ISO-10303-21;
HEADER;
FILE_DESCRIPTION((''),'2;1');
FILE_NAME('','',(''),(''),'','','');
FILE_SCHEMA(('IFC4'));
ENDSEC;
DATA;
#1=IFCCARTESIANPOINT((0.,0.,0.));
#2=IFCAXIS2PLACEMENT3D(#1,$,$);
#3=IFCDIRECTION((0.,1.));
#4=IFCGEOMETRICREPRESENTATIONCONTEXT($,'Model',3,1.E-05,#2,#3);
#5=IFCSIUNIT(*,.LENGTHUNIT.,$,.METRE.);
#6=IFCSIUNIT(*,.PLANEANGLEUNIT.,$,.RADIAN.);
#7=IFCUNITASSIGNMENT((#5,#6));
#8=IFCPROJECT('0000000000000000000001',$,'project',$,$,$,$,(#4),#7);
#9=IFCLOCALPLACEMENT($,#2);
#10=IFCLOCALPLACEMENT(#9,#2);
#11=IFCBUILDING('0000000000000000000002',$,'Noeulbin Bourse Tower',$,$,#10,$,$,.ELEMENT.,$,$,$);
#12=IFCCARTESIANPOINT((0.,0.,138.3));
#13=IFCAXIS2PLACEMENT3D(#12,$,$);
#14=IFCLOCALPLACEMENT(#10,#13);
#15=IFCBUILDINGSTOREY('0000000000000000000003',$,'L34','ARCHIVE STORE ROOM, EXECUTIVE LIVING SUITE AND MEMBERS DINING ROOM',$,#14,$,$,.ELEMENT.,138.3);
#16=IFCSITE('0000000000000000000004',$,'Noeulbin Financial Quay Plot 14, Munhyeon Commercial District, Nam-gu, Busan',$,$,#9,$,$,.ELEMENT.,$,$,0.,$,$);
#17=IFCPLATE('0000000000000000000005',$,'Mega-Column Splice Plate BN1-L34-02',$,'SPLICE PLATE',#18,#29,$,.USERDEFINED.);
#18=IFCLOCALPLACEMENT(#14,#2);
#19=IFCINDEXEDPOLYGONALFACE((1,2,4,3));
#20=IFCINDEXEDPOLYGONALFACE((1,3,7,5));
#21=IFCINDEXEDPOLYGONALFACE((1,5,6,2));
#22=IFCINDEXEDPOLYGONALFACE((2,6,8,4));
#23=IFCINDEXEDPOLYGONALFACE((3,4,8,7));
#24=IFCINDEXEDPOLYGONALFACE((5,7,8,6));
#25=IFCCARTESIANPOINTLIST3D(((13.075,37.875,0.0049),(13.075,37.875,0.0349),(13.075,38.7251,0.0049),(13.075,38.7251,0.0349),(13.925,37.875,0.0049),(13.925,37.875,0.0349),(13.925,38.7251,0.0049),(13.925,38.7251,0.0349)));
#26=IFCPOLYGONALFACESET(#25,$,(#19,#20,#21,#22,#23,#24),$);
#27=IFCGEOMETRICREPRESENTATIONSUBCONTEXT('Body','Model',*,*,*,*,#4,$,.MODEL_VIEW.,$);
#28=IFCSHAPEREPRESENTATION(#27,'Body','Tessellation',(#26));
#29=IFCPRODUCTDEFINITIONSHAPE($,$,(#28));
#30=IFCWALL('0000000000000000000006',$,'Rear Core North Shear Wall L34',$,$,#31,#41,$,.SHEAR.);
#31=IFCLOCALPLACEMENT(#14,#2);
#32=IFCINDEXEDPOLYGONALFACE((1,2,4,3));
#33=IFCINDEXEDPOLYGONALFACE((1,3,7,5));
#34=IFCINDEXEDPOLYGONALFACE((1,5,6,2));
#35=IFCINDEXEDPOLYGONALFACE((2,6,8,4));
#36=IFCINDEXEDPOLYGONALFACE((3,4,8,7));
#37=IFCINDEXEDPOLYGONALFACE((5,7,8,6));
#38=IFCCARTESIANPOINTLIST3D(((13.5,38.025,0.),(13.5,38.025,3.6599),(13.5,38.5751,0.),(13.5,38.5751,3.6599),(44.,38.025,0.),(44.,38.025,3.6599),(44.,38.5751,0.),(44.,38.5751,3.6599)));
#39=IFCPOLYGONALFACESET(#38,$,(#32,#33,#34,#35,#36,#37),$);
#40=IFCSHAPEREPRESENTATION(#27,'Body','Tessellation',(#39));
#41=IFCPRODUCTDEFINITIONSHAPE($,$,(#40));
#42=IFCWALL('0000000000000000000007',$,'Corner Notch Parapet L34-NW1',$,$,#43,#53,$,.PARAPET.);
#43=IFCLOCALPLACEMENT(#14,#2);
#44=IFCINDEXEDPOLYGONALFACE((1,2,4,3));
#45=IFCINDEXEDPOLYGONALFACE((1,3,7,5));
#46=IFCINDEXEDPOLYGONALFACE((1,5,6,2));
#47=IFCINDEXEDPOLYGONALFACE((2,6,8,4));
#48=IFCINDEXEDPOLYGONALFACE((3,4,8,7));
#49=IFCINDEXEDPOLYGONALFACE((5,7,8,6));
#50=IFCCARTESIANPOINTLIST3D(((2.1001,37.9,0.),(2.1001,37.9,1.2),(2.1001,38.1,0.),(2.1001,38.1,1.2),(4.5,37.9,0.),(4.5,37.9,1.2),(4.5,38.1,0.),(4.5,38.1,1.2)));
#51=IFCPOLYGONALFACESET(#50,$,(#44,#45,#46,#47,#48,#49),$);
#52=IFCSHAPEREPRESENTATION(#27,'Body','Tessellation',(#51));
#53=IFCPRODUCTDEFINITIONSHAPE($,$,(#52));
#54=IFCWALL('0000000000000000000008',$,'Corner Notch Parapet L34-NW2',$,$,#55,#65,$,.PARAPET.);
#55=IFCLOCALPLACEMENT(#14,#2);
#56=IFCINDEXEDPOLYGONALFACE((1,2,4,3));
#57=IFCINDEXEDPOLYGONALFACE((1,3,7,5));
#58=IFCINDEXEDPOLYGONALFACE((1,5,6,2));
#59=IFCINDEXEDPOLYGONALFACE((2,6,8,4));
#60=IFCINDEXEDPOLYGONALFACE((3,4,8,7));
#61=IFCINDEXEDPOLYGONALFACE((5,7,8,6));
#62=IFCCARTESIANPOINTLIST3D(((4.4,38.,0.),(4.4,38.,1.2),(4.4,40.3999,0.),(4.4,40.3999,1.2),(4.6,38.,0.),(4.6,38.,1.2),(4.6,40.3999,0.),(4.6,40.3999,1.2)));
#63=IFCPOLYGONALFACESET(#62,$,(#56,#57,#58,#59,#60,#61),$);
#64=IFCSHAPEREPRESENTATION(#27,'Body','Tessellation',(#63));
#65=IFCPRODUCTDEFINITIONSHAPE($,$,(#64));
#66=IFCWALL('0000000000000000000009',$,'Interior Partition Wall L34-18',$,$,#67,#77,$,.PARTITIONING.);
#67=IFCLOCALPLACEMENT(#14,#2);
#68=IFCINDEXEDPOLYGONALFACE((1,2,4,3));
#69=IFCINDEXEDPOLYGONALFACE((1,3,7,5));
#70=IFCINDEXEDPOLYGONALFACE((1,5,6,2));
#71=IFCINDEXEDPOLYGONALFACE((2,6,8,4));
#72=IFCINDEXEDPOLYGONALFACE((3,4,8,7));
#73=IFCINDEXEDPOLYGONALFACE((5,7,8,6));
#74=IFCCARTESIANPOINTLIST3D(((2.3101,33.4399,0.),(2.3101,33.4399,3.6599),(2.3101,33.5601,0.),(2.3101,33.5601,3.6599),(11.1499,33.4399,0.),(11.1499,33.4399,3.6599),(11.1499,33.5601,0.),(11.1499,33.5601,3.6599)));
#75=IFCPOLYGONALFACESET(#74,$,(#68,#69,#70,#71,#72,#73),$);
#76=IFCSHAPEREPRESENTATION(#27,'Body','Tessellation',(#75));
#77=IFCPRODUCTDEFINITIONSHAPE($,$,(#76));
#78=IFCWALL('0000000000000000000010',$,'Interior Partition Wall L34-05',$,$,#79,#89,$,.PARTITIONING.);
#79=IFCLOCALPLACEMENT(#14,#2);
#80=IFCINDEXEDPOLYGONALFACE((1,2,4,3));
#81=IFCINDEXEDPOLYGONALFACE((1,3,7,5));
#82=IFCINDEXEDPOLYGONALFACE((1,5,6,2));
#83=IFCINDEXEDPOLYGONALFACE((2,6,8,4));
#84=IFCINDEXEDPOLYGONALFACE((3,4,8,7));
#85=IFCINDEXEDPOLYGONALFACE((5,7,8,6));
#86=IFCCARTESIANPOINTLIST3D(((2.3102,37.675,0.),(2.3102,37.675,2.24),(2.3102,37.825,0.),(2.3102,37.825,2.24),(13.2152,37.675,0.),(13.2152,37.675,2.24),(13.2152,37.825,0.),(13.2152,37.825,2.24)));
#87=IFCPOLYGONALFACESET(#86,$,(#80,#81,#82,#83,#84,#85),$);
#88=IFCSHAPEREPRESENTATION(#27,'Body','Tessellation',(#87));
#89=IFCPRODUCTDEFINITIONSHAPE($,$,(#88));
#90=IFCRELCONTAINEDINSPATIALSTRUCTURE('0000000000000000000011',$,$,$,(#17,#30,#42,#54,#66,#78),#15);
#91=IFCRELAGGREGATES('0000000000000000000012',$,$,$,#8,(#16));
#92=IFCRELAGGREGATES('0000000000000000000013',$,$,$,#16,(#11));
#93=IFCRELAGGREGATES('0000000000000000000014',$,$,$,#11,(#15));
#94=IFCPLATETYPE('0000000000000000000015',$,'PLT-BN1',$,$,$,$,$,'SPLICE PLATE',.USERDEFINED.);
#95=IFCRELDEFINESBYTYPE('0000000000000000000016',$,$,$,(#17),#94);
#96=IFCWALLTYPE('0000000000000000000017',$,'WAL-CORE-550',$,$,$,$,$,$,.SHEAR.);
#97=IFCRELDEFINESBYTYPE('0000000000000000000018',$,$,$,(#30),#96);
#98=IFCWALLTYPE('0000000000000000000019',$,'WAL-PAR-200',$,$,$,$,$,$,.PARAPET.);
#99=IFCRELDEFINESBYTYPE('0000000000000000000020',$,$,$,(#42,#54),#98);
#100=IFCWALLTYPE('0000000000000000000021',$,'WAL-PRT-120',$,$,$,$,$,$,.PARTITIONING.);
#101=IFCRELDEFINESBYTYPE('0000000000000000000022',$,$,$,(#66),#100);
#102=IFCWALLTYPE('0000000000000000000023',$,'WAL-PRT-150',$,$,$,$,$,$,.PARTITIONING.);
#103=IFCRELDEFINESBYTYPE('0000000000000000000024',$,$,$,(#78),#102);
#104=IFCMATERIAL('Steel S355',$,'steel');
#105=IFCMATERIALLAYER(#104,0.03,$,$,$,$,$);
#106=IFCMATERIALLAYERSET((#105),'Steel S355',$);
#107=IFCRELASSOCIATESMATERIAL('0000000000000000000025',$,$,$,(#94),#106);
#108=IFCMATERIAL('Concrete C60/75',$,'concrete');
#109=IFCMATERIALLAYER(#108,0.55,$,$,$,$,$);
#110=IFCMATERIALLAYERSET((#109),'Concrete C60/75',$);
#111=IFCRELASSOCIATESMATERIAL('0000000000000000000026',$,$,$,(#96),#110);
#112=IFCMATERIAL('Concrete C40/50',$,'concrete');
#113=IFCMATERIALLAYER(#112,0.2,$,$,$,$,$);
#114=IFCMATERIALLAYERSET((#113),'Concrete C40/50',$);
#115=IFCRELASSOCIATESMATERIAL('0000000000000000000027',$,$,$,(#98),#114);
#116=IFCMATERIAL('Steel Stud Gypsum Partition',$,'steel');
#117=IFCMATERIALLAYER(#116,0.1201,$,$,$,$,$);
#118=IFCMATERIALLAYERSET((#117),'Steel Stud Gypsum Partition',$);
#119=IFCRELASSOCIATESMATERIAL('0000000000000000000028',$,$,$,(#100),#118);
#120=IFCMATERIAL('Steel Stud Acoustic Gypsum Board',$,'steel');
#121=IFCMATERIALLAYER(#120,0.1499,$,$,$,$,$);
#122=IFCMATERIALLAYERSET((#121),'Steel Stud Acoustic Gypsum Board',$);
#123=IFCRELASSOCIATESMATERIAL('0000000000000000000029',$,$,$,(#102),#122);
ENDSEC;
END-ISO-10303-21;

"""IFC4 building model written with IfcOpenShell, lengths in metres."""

from ifc_helpers import new_model, si_unit, direction, frame, frame_2d, origin, origin_2d, place, context, subcontext, project, spatial, rectangle, extrude, material, layer, layer_set, type_object, element, save


model = new_model("IFC4")

# Units and contexts
model_context = context("Model", 3, precision=1e-05, world=origin(), true_north=direction((0.0, 1.0)))
body_context = subcontext(model_context, "Body", "Model", "MODEL_VIEW")
ifc_project = project(units=[si_unit("LENGTHUNIT", "METRE"), si_unit("PLANEANGLEUNIT", "RADIAN")], contexts=[model_context])

# Site, building, storey
site_placement = place(None, origin())
site = spatial("IfcSite", under=ifc_project, at=site_placement, Name="Noeulbin Financial Quay Plot 14, Munhyeon Commercial District, Nam-gu, Busan", CompositionType="ELEMENT", RefElevation=0.0)
building_placement = place(site_placement, origin())
building = spatial("IfcBuilding", under=site, at=building_placement, Name="Noeulbin Bourse Tower", CompositionType="ELEMENT")
storey_placement = place(building_placement, frame((0.0, 0.0, 138.3)))
storey = spatial("IfcBuildingStorey", under=building, at=storey_placement, Name="L34", Description="ARCHIVE STORE ROOM, EXECUTIVE LIVING SUITE AND MEMBERS DINING ROOM", CompositionType="ELEMENT", Elevation=138.3)

# Shared definitions
ifc_material_1 = material(Name="Steel S355", Category="steel")

# Plate
ifc_layer_1 = layer(ifc_material_1, 0.03)
ifc_layer_set_1 = layer_set([ifc_layer_1], Name="Steel S355")
plate_type_1 = type_object("IfcPlateType", Name="PLT-BN1", ElementType="SPLICE PLATE", PredefinedType="USERDEFINED", material=ifc_layer_set_1)
plate_1_placement = place(storey_placement, frame((13.5, 38.3, 0.0049), z_axis=(0.0, 0.0, 1.0), x_axis=(1.0, 0.0, 0.0)))
element("IfcPlate", 1, at=plate_1_placement, inside=storey, type_object=plate_type_1, Name="Mega-Column Splice Plate BN1-L34-02", ObjectType="SPLICE PLATE", PredefinedType="USERDEFINED", context=body_context, shape_type="SweptSolid", body=[
    extrude(rectangle(XDim=0.8501, YDim=0.8501, at=origin_2d()), origin(), (0.0, 0.0, 1.0), 0.03),
])

# Walls
ifc_material_2 = material(Name="Concrete C60/75", Category="concrete")
ifc_layer_2 = layer(ifc_material_2, 0.55)
ifc_layer_set_2 = layer_set([ifc_layer_2], Name="Concrete C60/75")
wall_type_1 = type_object("IfcWallType", Name="WAL-CORE-550", PredefinedType="SHEAR", material=ifc_layer_set_2)
wall_1_placement = place(storey_placement, frame((13.5, 38.3, 0.0), z_axis=(0.0, 0.0, 1.0), x_axis=(1.0, 0.0, 0.0)))
element("IfcWall", 2, at=wall_1_placement, inside=storey, type_object=wall_type_1, Name="Rear Core North Shear Wall L34", PredefinedType="SHEAR", context=body_context, shape_type="SweptSolid", body=[
    extrude(rectangle(XDim=30.5, YDim=0.55, at=frame_2d((15.25, 0.0))), origin(), (0.0, 0.0, 1.0), 3.6599),
])
ifc_material_3 = material(Name="Concrete C40/50", Category="concrete")
ifc_layer_3 = layer(ifc_material_3, 0.2)
ifc_layer_set_3 = layer_set([ifc_layer_3], Name="Concrete C40/50")
wall_type_2 = type_object("IfcWallType", Name="WAL-PAR-200", PredefinedType="PARAPET", material=ifc_layer_set_3)
for number, where, z_axis, x_axis, name in (
    (3, (2.1001, 38.0, 0.0), (0.0, 0.0, 1.0), (1.0, 0.0, 0.0), "Corner Notch Parapet L34-NW1"),
    (4, (4.5, 38.0, 0.0), (0.0, 0.0, 1.0), (0.0, 1.0, 0.0), "Corner Notch Parapet L34-NW2"),
):
    element("IfcWall", number, at=place(storey_placement, frame(where, z_axis=z_axis, x_axis=x_axis)), inside=storey, type_object=wall_type_2, Name=name, PredefinedType="PARAPET", context=body_context, shape_type="SweptSolid", body=[
        extrude(rectangle(XDim=2.3999, YDim=0.2, at=frame_2d((1.2, 0.0))), origin(), (0.0, 0.0, 1.0), 1.2),
    ])
ifc_material_4 = material(Name="Steel Stud Gypsum Partition", Category="steel")
ifc_layer_4 = layer(ifc_material_4, 0.1201)
ifc_layer_set_4 = layer_set([ifc_layer_4], Name="Steel Stud Gypsum Partition")
wall_type_3 = type_object("IfcWallType", Name="WAL-PRT-120", PredefinedType="PARTITIONING", material=ifc_layer_set_4)
wall_2_placement = place(storey_placement, frame((2.3101, 33.5, 0.0), z_axis=(0.0, 0.0, 1.0), x_axis=(1.0, 0.0, 0.0)))
element("IfcWall", 5, at=wall_2_placement, inside=storey, type_object=wall_type_3, Name="Interior Partition Wall L34-18", PredefinedType="PARTITIONING", context=body_context, shape_type="SweptSolid", body=[
    extrude(rectangle(XDim=8.8398, YDim=0.1201, at=frame_2d((4.4199, 0.0))), origin(), (0.0, 0.0, 1.0), 3.6599),
])
ifc_material_5 = material(Name="Steel Stud Acoustic Gypsum Board", Category="steel")
ifc_layer_5 = layer(ifc_material_5, 0.1499)
ifc_layer_set_5 = layer_set([ifc_layer_5], Name="Steel Stud Acoustic Gypsum Board")
wall_type_4 = type_object("IfcWallType", Name="WAL-PRT-150", PredefinedType="PARTITIONING", material=ifc_layer_set_5)
wall_3_placement = place(storey_placement, frame((2.3101, 37.75, 0.0), z_axis=(0.0, 0.0, 1.0), x_axis=(1.0, 0.0, 0.0)))
element("IfcWall", 6, at=wall_3_placement, inside=storey, type_object=wall_type_4, Name="Interior Partition Wall L34-05", PredefinedType="PARTITIONING", context=body_context, shape_type="SweptSolid", body=[
    extrude(rectangle(XDim=10.905, YDim=0.1499, at=frame_2d((5.4526, 0.0))), origin(), (0.0, 0.0, 1.0), 2.24),
])

save(model, "model.ifc")
